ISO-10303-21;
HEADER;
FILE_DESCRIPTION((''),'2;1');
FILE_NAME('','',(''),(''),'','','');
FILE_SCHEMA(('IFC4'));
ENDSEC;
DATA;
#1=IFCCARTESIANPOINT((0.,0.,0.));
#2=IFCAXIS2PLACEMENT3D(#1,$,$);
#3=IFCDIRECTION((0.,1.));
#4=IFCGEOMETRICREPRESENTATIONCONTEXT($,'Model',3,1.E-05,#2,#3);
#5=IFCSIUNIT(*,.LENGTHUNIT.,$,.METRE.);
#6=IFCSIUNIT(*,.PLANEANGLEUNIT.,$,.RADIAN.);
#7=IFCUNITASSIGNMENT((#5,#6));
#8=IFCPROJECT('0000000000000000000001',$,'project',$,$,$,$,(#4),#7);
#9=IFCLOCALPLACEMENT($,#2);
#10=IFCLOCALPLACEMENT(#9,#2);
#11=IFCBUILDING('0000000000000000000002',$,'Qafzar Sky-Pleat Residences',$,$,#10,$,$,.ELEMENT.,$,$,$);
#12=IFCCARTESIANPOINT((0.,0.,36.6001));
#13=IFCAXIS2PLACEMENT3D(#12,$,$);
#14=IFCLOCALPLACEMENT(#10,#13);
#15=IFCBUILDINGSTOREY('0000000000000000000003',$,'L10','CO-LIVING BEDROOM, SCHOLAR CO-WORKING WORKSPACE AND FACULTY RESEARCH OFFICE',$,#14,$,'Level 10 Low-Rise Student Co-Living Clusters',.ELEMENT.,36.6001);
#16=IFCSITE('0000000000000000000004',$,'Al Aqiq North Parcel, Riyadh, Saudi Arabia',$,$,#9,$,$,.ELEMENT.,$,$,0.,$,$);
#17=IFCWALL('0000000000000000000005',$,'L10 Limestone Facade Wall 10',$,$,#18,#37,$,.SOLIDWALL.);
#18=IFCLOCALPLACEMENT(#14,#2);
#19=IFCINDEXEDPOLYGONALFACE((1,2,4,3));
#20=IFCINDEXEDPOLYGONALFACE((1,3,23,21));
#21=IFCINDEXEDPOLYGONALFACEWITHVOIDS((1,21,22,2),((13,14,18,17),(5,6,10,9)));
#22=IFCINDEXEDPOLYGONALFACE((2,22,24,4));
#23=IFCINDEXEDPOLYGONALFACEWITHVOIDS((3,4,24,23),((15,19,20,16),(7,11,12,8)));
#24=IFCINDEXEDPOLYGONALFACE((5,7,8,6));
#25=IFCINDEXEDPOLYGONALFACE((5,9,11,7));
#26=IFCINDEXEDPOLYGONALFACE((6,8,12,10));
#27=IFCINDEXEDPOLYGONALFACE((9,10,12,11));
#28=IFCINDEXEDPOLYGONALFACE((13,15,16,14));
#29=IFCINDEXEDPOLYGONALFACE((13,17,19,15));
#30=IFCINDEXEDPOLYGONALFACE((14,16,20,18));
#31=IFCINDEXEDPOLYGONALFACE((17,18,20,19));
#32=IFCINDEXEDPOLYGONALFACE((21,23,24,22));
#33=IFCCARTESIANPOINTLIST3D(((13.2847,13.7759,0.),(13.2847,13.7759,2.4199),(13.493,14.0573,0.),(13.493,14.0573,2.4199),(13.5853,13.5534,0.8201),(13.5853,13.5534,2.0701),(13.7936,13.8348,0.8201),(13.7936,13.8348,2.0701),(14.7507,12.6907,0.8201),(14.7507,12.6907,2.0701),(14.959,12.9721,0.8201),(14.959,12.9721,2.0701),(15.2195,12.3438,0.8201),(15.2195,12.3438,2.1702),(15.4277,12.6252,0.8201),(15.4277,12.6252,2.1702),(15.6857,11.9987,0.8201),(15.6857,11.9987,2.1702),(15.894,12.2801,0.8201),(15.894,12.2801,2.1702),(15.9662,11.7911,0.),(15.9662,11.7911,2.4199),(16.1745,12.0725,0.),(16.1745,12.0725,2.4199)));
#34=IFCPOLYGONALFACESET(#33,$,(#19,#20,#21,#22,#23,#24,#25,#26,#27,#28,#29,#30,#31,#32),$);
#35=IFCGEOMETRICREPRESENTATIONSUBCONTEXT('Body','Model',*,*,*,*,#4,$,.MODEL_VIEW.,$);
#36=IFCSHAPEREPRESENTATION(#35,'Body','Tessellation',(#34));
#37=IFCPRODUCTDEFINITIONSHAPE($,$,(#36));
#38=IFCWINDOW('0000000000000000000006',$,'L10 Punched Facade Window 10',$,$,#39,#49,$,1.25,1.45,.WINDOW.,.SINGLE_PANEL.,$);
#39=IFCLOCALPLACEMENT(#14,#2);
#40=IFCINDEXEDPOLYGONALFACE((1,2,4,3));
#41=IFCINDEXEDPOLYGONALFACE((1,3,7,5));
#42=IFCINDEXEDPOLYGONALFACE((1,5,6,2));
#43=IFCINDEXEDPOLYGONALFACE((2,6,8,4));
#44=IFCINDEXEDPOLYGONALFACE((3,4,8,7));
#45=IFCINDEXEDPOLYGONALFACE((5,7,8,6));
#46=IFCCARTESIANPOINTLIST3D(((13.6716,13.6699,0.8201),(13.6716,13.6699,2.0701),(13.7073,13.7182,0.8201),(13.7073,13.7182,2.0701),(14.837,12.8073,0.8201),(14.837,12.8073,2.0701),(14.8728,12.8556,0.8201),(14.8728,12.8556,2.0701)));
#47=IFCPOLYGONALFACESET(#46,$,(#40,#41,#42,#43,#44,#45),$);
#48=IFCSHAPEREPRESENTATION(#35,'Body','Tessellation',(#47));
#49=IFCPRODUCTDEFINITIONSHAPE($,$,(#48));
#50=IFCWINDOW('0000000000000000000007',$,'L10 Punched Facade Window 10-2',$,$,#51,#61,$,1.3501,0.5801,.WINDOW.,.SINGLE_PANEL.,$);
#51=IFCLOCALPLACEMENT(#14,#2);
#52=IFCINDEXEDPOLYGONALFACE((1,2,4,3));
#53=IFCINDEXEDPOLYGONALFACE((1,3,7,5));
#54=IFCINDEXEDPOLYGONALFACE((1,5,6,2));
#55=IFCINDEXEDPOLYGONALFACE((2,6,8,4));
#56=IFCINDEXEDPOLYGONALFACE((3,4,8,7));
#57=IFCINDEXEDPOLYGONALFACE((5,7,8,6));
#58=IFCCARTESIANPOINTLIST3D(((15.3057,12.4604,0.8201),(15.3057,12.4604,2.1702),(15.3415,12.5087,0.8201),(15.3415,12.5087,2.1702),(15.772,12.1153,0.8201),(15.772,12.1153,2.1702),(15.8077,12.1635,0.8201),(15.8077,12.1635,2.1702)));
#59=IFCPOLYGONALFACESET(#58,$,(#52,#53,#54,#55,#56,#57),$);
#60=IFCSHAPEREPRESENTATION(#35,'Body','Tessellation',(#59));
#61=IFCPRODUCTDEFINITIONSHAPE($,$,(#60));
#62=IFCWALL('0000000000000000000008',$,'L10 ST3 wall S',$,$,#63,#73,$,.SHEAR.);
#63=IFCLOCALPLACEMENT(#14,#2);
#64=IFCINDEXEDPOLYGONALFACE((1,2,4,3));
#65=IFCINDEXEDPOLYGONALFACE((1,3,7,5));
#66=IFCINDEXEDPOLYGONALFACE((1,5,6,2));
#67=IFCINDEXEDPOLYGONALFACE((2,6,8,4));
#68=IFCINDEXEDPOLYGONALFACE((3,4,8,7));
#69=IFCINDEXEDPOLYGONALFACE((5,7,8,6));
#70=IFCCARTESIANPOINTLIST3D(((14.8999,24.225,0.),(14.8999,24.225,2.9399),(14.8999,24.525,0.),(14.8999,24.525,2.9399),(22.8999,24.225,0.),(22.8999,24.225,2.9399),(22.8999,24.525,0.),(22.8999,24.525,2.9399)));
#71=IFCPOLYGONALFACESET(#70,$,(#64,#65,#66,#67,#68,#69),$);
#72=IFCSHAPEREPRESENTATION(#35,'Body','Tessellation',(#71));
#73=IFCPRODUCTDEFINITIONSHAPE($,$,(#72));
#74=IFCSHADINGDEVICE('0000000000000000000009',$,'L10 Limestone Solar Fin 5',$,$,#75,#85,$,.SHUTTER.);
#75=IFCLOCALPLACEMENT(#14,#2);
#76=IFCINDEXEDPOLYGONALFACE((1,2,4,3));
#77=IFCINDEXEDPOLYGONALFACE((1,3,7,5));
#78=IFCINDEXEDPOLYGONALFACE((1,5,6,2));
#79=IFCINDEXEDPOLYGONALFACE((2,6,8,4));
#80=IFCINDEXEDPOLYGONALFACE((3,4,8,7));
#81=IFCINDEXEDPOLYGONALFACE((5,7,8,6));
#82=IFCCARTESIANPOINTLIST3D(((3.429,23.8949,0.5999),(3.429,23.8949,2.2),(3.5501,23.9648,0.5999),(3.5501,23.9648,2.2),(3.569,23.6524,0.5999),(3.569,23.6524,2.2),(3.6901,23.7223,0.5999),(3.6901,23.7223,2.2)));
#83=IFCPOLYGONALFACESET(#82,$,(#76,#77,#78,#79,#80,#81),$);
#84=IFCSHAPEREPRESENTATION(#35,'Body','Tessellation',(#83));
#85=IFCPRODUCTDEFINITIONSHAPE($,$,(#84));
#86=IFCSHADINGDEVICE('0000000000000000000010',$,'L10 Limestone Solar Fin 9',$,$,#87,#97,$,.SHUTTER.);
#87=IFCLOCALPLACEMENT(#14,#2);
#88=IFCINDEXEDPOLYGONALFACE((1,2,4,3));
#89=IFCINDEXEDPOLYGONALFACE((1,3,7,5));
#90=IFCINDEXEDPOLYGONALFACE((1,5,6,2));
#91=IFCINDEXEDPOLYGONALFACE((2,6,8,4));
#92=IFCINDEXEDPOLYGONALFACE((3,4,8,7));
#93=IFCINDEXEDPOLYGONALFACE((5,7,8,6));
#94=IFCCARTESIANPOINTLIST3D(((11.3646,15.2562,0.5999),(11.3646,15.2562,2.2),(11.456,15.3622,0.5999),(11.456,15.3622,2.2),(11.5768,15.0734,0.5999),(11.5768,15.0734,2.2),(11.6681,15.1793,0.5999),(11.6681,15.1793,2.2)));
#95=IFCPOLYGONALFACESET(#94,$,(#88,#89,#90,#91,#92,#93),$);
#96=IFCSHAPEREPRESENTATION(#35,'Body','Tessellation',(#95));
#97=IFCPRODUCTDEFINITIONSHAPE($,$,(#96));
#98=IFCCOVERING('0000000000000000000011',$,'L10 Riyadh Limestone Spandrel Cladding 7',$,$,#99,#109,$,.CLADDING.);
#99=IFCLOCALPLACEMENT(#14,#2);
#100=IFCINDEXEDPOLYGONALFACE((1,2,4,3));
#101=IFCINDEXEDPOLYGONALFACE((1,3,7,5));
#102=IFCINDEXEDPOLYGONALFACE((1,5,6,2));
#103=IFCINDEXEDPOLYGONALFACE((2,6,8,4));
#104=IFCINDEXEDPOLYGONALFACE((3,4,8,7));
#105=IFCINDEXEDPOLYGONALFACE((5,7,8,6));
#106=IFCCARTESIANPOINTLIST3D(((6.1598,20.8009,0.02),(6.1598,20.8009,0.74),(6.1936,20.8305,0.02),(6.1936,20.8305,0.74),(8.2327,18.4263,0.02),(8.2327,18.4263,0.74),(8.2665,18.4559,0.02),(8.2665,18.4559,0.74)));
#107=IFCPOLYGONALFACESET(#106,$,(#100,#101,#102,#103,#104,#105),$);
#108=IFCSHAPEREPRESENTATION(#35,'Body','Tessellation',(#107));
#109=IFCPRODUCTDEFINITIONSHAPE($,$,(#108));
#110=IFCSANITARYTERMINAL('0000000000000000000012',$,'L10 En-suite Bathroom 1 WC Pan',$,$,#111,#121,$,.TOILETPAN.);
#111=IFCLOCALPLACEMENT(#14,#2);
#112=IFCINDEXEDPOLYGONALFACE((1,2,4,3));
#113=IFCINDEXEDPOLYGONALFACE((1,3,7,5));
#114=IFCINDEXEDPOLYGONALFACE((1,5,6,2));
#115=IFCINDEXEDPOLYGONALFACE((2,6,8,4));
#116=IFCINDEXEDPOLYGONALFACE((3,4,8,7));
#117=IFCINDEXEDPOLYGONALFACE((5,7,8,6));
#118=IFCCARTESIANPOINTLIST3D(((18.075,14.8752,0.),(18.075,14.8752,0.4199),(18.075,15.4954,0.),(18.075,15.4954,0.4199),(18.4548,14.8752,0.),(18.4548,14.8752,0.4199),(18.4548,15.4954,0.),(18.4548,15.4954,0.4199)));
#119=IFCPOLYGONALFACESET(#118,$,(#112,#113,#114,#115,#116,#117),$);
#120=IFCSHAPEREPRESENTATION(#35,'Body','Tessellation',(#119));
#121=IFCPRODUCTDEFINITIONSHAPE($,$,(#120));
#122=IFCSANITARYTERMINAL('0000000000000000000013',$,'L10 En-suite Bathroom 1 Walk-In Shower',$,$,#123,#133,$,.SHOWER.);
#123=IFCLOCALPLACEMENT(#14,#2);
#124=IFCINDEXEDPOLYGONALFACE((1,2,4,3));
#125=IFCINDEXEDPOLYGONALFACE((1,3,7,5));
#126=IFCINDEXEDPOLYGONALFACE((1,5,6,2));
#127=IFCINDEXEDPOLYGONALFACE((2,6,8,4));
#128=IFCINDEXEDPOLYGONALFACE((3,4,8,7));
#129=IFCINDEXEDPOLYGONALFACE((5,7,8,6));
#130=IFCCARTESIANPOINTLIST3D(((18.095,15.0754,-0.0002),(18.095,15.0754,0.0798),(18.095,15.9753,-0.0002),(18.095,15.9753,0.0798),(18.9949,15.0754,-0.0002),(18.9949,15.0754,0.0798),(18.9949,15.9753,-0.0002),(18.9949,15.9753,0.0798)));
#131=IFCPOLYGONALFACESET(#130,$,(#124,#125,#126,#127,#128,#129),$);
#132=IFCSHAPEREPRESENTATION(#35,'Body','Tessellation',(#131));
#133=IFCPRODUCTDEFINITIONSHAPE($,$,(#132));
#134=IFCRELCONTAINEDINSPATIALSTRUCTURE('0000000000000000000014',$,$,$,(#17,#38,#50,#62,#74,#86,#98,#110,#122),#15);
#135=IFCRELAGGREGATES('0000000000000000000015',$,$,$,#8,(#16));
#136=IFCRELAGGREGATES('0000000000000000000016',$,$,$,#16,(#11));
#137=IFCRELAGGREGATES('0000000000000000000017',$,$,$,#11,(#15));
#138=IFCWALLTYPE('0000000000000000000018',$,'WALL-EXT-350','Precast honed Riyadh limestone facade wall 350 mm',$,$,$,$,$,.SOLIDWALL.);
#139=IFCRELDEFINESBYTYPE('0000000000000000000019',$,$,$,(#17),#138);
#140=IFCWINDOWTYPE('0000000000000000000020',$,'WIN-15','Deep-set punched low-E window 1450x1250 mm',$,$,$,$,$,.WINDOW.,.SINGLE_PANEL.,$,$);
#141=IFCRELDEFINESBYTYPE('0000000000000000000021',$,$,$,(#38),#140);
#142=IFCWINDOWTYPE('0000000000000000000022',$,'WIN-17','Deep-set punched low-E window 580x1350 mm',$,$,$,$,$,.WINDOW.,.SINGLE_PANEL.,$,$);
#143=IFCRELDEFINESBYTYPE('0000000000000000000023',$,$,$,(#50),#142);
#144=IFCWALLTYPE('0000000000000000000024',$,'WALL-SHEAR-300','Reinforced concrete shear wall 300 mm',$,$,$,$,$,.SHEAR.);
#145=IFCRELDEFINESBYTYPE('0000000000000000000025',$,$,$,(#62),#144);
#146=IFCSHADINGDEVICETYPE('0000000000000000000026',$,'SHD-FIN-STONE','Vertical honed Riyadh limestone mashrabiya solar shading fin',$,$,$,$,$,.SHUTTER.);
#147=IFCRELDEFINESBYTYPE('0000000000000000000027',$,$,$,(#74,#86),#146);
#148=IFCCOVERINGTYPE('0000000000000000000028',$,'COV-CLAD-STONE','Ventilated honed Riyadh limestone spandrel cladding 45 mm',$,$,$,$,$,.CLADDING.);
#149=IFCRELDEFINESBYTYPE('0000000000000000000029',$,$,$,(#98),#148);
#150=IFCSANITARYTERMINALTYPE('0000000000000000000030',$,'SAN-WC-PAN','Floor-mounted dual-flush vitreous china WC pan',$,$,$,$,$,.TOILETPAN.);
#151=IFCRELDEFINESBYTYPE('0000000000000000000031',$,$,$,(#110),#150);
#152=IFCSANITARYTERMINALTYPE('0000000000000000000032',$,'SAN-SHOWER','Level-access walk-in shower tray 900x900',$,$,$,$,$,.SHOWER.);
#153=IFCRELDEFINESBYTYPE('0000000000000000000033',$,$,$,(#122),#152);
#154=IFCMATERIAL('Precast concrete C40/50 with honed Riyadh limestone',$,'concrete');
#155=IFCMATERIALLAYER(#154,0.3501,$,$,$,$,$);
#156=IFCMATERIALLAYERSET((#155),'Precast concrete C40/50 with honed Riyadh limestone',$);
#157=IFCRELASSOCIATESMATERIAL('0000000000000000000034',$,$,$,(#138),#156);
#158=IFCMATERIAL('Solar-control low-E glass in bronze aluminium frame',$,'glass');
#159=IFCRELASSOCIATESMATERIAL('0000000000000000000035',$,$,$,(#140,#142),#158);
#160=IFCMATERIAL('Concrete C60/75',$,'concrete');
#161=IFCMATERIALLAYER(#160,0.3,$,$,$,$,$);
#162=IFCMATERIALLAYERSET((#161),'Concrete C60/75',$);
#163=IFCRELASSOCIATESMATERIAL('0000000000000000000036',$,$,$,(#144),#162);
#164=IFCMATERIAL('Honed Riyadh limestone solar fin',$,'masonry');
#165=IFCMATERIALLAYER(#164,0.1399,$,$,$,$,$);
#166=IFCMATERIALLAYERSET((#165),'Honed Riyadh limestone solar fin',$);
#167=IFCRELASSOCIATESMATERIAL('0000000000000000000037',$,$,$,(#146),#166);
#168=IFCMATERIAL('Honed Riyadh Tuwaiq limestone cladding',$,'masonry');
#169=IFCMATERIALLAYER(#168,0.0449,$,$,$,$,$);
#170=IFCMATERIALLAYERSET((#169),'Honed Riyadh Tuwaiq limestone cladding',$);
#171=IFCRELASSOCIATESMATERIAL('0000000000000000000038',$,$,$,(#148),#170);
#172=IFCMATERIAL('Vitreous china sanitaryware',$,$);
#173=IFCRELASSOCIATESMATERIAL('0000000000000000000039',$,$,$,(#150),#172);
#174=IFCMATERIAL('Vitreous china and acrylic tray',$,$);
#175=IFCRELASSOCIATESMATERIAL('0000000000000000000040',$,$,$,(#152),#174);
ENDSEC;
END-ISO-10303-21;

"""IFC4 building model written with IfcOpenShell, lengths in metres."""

from ifc_helpers import new_model, si_unit, direction, frame, frame_2d, origin, origin_2d, place, context, subcontext, project, spatial, rectangle, extrude, source, transform, mapped, material, layer, layer_set, type_object, element, fill, save


model = new_model("IFC4")

# Units and contexts
model_context = context("Model", 3, precision=1e-05, world=origin(), true_north=direction((0.0, 1.0)))
body_context = subcontext(model_context, "Body", "Model", "MODEL_VIEW")
ifc_project = project(units=[si_unit("LENGTHUNIT", "METRE"), si_unit("PLANEANGLEUNIT", "RADIAN")], contexts=[model_context])

# Site, building, storey
site_placement = place(None, origin())
site = spatial("IfcSite", under=ifc_project, at=site_placement, Name="Al Aqiq North Parcel, Riyadh, Saudi Arabia", CompositionType="ELEMENT", RefElevation=0.0)
building_placement = place(site_placement, origin())
building = spatial("IfcBuilding", under=site, at=building_placement, Name="Qafzar Sky-Pleat Residences", CompositionType="ELEMENT")
storey_placement = place(building_placement, frame((0.0, 0.0, 36.6001)))
storey = spatial("IfcBuildingStorey", under=building, at=storey_placement, Name="L10", Description="CO-LIVING BEDROOM, SCHOLAR CO-WORKING WORKSPACE AND FACULTY RESEARCH OFFICE", LongName="Level 10 Low-Rise Student Co-Living Clusters", CompositionType="ELEMENT", Elevation=36.6001)

# Shared definitions
ifc_material_1 = material(Name="Concrete C60/75", Category="concrete")

# Shared definitions
ifc_material_2 = material(Name="Precast concrete C40/50 with honed Riyadh limestone", Category="concrete")
ifc_layer_1 = layer(ifc_material_2, 0.3501)
ifc_layer_set_1 = layer_set([ifc_layer_1], Name="Precast concrete C40/50 with honed Riyadh limestone")
wall_type_1 = type_object("IfcWallType", Name="WALL-EXT-350", Description="Precast honed Riyadh limestone facade wall 350 mm", PredefinedType="SOLIDWALL", material=ifc_layer_set_1)
ifc_material_3 = material(Name="Solar-control low-E glass in bronze aluminium frame", Category="glass")
window_type_1 = type_object("IfcWindowType", Name="WIN-15", Description="Deep-set punched low-E window 1450x1250 mm", PartitioningType="SINGLE_PANEL", PredefinedType="WINDOW", material=ifc_material_3)
shared_shape_1 = source(origin(), body_context, "Body", "SweptSolid", [
    extrude(rectangle(XDim=1.45, YDim=1.25, at=frame_2d((0.7251, 0.625))), frame((0.0, 0.03, 0.0), z_axis=(0.0, -1.0, 0.0), x_axis=(1.0, 0.0, 0.0)), (0.0, 0.0, 1.0), 0.0601),
])

# Wall, openings, windows
wall_1_placement = place(storey_placement, frame((13.3889, 13.9165, 0.0), z_axis=(0.0, 0.0, 1.0), x_axis=(0.803778, -0.59493, 0.0)))
wall_1 = element("IfcWall", 1, at=wall_1_placement, inside=storey, type_object=wall_type_1, Name="L10 Limestone Facade Wall 10", PredefinedType="SOLIDWALL", context=body_context, shape_type="SweptSolid", body=[
    extrude(rectangle(XDim=3.3362, YDim=0.3501, at=frame_2d((1.668, 0.0))), origin(), (0.0, 0.0, 1.0), 2.4199),
])
opening_1_placement = place(wall_1_placement, frame((0.3738, 0.0, 0.8201)))
opening_1 = element("IfcOpeningElement", 2, at=opening_1_placement, cuts=wall_1, PredefinedType="OPENING", context=body_context, shape_type="SweptSolid", body=[
    extrude(rectangle(XDim=1.45, YDim=1.25, at=frame_2d((0.7251, 0.625))), frame((0.0, 0.1851, 0.0), z_axis=(0.0, -1.0, 0.0), x_axis=(1.0, 0.0, 0.0)), (0.0, 0.0, 1.0), 0.3701),
])
opening_2_placement = place(wall_1_placement, frame((2.407, 0.0, 0.8201)))
opening_2 = element("IfcOpeningElement", 3, at=opening_2_placement, cuts=wall_1, PredefinedType="OPENING", context=body_context, shape_type="SweptSolid", body=[
    extrude(rectangle(XDim=0.5801, YDim=1.3501, at=frame_2d((0.29, 0.675))), frame((0.0, 0.1851, 0.0), z_axis=(0.0, -1.0, 0.0), x_axis=(1.0, 0.0, 0.0)), (0.0, 0.0, 1.0), 0.3701),
])
window_1_placement = place(opening_1_placement, origin())
window_1 = element("IfcWindow", 4, at=window_1_placement, inside=storey, type_object=window_type_1, Name="L10 Punched Facade Window 10", OverallHeight=1.25, OverallWidth=1.45, PartitioningType="SINGLE_PANEL", PredefinedType="WINDOW", context=body_context, shape_type="MappedRepresentation", body=[
    mapped(shared_shape_1, transform((0.0, 0.0, 0.0), x_axis=(1.0, 0.0, 0.0), y_axis=(0.0, 1.0, 0.0), z_axis=(0.0, 0.0, 1.0), scale=1.0)),
])
fill(opening_1, window_1)
window_type_2 = type_object("IfcWindowType", Name="WIN-17", Description="Deep-set punched low-E window 580x1350 mm", PartitioningType="SINGLE_PANEL", PredefinedType="WINDOW", material=ifc_material_3)
shared_shape_2 = source(origin(), body_context, "Body", "SweptSolid", [
    extrude(rectangle(XDim=0.5801, YDim=1.3501, at=frame_2d((0.29, 0.675))), frame((0.0, 0.03, 0.0), z_axis=(0.0, -1.0, 0.0), x_axis=(1.0, 0.0, 0.0)), (0.0, 0.0, 1.0), 0.0601),
])
window_2_placement = place(opening_2_placement, origin())
window_2 = element("IfcWindow", 5, at=window_2_placement, inside=storey, type_object=window_type_2, Name="L10 Punched Facade Window 10-2", OverallHeight=1.3501, OverallWidth=0.5801, PartitioningType="SINGLE_PANEL", PredefinedType="WINDOW", context=body_context, shape_type="MappedRepresentation", body=[
    mapped(shared_shape_2, transform((0.0, 0.0, 0.0), x_axis=(1.0, 0.0, 0.0), y_axis=(0.0, 1.0, 0.0), z_axis=(0.0, 0.0, 1.0), scale=1.0)),
])
fill(opening_2, window_2)

# Wall
ifc_layer_2 = layer(ifc_material_1, 0.3)
ifc_layer_set_2 = layer_set([ifc_layer_2], Name="Concrete C60/75")
wall_type_2 = type_object("IfcWallType", Name="WALL-SHEAR-300", Description="Reinforced concrete shear wall 300 mm", PredefinedType="SHEAR", material=ifc_layer_set_2)
wall_2_placement = place(storey_placement, frame((14.8999, 24.375, 0.0), z_axis=(0.0, 0.0, 1.0), x_axis=(1.0, 0.0, 0.0)))
element("IfcWall", 6, at=wall_2_placement, inside=storey, type_object=wall_type_2, Name="L10 ST3 wall S", PredefinedType="SHEAR", context=body_context, shape_type="SweptSolid", body=[
    extrude(rectangle(XDim=8.0, YDim=0.3, at=frame_2d((4.0, 0.0))), origin(), (0.0, 0.0, 1.0), 2.9399),
])

# Shading devices
ifc_material_4 = material(Name="Honed Riyadh limestone solar fin", Category="masonry")
ifc_layer_3 = layer(ifc_material_4, 0.1399)
ifc_layer_set_3 = layer_set([ifc_layer_3], Name="Honed Riyadh limestone solar fin")
shading_device_type = type_object("IfcShadingDeviceType", Name="SHD-FIN-STONE", Description="Vertical honed Riyadh limestone mashrabiya solar shading fin", PredefinedType="SHUTTER", material=ifc_layer_set_3)
shared_shape_3 = source(origin(), body_context, "Body", "SweptSolid", [
    extrude(rectangle(XDim=0.1399, YDim=0.28, at=origin_2d()), origin(), (0.0, 0.0, 1.0), 1.6001),
])
for number, where, z_axis, x_axis, name in (
    (7, (3.5596, 23.8086, 0.5999), (0.0, 0.0, 1.0), (-0.866044, -0.499967, 0.0), "L10 Limestone Solar Fin 5"),
    (8, (11.5164, 15.2178, 0.5999), (0.0, 0.0, 1.0), (-0.65286, -0.757479, 0.0), "L10 Limestone Solar Fin 9"),
):
    element("IfcShadingDevice", number, at=place(storey_placement, frame(where, z_axis=z_axis, x_axis=x_axis)), inside=storey, type_object=shading_device_type, Name=name, PredefinedType="SHUTTER", context=body_context, shape_type="MappedRepresentation", body=[
        mapped(shared_shape_3, transform((0.0, 0.0, 0.0), x_axis=(1.0, 0.0, 0.0), y_axis=(0.0, 1.0, 0.0), z_axis=(0.0, 0.0, 1.0), scale=1.0)),
    ])

# Covering
ifc_material_5 = material(Name="Honed Riyadh Tuwaiq limestone cladding", Category="masonry")
ifc_layer_4 = layer(ifc_material_5, 0.0449)
ifc_layer_set_4 = layer_set([ifc_layer_4], Name="Honed Riyadh Tuwaiq limestone cladding")
covering_type = type_object("IfcCoveringType", Name="COV-CLAD-STONE", Description="Ventilated honed Riyadh limestone spandrel cladding 45 mm", PredefinedType="CLADDING", material=ifc_layer_set_4)
shared_shape_4 = source(origin(), body_context, "Body", "SweptSolid", [
    extrude(rectangle(XDim=3.1521, YDim=0.0449, at=origin_2d()), origin(), (0.0, 0.0, 1.0), 0.72),
])
covering_placement = place(storey_placement, frame((7.2131, 19.6284, 0.02), z_axis=(0.0, 0.0, 1.0), x_axis=(0.657633, -0.753338, 0.0)))
element("IfcCovering", 9, at=covering_placement, inside=storey, type_object=covering_type, Name="L10 Riyadh Limestone Spandrel Cladding 7", PredefinedType="CLADDING", context=body_context, shape_type="MappedRepresentation", body=[
    mapped(shared_shape_4, transform((0.0, 0.0, 0.0), x_axis=(1.0, 0.0, 0.0), y_axis=(0.0, 1.0, 0.0), z_axis=(0.0, 0.0, 1.0), scale=1.0)),
])

# Sanitary terminals
ifc_material_6 = material(Name="Vitreous china sanitaryware")
sanitary_terminal_type_1 = type_object("IfcSanitaryTerminalType", Name="SAN-WC-PAN", Description="Floor-mounted dual-flush vitreous china WC pan", PredefinedType="TOILETPAN", material=ifc_material_6)
shared_shape_5 = source(origin(), body_context, "Body", "SweptSolid", [
    extrude(rectangle(XDim=0.3799, YDim=0.6201, at=origin_2d()), origin(), (0.0, 0.0, 1.0), 0.4199),
])
sanitary_terminal_1_placement = place(storey_placement, frame((18.2649, 15.1853, 0.0), z_axis=(0.0, 0.0, 1.0), x_axis=(1.0, 0.0, 0.0)))
element("IfcSanitaryTerminal", 10, at=sanitary_terminal_1_placement, inside=storey, type_object=sanitary_terminal_type_1, Name="L10 En-suite Bathroom 1 WC Pan", PredefinedType="TOILETPAN", context=body_context, shape_type="MappedRepresentation", body=[
    mapped(shared_shape_5, transform((0.0, 0.0, 0.0), x_axis=(1.0, 0.0, 0.0), y_axis=(0.0, 1.0, 0.0), z_axis=(0.0, 0.0, 1.0), scale=1.0)),
])
ifc_material_7 = material(Name="Vitreous china and acrylic tray")
sanitary_terminal_type_2 = type_object("IfcSanitaryTerminalType", Name="SAN-SHOWER", Description="Level-access walk-in shower tray 900x900", PredefinedType="SHOWER", material=ifc_material_7)
shared_shape_6 = source(origin(), body_context, "Body", "SweptSolid", [
    extrude(rectangle(XDim=0.8999, YDim=0.8999, at=origin_2d()), origin(), (0.0, 0.0, 1.0), 0.0801),
])
sanitary_terminal_2_placement = place(storey_placement, frame((18.5449, 15.5254, -0.0002), z_axis=(0.0, 0.0, 1.0), x_axis=(1.0, 0.0, 0.0)))
element("IfcSanitaryTerminal", 11, at=sanitary_terminal_2_placement, inside=storey, type_object=sanitary_terminal_type_2, Name="L10 En-suite Bathroom 1 Walk-In Shower", PredefinedType="SHOWER", context=body_context, shape_type="MappedRepresentation", body=[
    mapped(shared_shape_6, transform((0.0, 0.0, 0.0), x_axis=(1.0, 0.0, 0.0), y_axis=(0.0, 1.0, 0.0), z_axis=(0.0, 0.0, 1.0), scale=1.0)),
])

save(model, "model.ifc")
